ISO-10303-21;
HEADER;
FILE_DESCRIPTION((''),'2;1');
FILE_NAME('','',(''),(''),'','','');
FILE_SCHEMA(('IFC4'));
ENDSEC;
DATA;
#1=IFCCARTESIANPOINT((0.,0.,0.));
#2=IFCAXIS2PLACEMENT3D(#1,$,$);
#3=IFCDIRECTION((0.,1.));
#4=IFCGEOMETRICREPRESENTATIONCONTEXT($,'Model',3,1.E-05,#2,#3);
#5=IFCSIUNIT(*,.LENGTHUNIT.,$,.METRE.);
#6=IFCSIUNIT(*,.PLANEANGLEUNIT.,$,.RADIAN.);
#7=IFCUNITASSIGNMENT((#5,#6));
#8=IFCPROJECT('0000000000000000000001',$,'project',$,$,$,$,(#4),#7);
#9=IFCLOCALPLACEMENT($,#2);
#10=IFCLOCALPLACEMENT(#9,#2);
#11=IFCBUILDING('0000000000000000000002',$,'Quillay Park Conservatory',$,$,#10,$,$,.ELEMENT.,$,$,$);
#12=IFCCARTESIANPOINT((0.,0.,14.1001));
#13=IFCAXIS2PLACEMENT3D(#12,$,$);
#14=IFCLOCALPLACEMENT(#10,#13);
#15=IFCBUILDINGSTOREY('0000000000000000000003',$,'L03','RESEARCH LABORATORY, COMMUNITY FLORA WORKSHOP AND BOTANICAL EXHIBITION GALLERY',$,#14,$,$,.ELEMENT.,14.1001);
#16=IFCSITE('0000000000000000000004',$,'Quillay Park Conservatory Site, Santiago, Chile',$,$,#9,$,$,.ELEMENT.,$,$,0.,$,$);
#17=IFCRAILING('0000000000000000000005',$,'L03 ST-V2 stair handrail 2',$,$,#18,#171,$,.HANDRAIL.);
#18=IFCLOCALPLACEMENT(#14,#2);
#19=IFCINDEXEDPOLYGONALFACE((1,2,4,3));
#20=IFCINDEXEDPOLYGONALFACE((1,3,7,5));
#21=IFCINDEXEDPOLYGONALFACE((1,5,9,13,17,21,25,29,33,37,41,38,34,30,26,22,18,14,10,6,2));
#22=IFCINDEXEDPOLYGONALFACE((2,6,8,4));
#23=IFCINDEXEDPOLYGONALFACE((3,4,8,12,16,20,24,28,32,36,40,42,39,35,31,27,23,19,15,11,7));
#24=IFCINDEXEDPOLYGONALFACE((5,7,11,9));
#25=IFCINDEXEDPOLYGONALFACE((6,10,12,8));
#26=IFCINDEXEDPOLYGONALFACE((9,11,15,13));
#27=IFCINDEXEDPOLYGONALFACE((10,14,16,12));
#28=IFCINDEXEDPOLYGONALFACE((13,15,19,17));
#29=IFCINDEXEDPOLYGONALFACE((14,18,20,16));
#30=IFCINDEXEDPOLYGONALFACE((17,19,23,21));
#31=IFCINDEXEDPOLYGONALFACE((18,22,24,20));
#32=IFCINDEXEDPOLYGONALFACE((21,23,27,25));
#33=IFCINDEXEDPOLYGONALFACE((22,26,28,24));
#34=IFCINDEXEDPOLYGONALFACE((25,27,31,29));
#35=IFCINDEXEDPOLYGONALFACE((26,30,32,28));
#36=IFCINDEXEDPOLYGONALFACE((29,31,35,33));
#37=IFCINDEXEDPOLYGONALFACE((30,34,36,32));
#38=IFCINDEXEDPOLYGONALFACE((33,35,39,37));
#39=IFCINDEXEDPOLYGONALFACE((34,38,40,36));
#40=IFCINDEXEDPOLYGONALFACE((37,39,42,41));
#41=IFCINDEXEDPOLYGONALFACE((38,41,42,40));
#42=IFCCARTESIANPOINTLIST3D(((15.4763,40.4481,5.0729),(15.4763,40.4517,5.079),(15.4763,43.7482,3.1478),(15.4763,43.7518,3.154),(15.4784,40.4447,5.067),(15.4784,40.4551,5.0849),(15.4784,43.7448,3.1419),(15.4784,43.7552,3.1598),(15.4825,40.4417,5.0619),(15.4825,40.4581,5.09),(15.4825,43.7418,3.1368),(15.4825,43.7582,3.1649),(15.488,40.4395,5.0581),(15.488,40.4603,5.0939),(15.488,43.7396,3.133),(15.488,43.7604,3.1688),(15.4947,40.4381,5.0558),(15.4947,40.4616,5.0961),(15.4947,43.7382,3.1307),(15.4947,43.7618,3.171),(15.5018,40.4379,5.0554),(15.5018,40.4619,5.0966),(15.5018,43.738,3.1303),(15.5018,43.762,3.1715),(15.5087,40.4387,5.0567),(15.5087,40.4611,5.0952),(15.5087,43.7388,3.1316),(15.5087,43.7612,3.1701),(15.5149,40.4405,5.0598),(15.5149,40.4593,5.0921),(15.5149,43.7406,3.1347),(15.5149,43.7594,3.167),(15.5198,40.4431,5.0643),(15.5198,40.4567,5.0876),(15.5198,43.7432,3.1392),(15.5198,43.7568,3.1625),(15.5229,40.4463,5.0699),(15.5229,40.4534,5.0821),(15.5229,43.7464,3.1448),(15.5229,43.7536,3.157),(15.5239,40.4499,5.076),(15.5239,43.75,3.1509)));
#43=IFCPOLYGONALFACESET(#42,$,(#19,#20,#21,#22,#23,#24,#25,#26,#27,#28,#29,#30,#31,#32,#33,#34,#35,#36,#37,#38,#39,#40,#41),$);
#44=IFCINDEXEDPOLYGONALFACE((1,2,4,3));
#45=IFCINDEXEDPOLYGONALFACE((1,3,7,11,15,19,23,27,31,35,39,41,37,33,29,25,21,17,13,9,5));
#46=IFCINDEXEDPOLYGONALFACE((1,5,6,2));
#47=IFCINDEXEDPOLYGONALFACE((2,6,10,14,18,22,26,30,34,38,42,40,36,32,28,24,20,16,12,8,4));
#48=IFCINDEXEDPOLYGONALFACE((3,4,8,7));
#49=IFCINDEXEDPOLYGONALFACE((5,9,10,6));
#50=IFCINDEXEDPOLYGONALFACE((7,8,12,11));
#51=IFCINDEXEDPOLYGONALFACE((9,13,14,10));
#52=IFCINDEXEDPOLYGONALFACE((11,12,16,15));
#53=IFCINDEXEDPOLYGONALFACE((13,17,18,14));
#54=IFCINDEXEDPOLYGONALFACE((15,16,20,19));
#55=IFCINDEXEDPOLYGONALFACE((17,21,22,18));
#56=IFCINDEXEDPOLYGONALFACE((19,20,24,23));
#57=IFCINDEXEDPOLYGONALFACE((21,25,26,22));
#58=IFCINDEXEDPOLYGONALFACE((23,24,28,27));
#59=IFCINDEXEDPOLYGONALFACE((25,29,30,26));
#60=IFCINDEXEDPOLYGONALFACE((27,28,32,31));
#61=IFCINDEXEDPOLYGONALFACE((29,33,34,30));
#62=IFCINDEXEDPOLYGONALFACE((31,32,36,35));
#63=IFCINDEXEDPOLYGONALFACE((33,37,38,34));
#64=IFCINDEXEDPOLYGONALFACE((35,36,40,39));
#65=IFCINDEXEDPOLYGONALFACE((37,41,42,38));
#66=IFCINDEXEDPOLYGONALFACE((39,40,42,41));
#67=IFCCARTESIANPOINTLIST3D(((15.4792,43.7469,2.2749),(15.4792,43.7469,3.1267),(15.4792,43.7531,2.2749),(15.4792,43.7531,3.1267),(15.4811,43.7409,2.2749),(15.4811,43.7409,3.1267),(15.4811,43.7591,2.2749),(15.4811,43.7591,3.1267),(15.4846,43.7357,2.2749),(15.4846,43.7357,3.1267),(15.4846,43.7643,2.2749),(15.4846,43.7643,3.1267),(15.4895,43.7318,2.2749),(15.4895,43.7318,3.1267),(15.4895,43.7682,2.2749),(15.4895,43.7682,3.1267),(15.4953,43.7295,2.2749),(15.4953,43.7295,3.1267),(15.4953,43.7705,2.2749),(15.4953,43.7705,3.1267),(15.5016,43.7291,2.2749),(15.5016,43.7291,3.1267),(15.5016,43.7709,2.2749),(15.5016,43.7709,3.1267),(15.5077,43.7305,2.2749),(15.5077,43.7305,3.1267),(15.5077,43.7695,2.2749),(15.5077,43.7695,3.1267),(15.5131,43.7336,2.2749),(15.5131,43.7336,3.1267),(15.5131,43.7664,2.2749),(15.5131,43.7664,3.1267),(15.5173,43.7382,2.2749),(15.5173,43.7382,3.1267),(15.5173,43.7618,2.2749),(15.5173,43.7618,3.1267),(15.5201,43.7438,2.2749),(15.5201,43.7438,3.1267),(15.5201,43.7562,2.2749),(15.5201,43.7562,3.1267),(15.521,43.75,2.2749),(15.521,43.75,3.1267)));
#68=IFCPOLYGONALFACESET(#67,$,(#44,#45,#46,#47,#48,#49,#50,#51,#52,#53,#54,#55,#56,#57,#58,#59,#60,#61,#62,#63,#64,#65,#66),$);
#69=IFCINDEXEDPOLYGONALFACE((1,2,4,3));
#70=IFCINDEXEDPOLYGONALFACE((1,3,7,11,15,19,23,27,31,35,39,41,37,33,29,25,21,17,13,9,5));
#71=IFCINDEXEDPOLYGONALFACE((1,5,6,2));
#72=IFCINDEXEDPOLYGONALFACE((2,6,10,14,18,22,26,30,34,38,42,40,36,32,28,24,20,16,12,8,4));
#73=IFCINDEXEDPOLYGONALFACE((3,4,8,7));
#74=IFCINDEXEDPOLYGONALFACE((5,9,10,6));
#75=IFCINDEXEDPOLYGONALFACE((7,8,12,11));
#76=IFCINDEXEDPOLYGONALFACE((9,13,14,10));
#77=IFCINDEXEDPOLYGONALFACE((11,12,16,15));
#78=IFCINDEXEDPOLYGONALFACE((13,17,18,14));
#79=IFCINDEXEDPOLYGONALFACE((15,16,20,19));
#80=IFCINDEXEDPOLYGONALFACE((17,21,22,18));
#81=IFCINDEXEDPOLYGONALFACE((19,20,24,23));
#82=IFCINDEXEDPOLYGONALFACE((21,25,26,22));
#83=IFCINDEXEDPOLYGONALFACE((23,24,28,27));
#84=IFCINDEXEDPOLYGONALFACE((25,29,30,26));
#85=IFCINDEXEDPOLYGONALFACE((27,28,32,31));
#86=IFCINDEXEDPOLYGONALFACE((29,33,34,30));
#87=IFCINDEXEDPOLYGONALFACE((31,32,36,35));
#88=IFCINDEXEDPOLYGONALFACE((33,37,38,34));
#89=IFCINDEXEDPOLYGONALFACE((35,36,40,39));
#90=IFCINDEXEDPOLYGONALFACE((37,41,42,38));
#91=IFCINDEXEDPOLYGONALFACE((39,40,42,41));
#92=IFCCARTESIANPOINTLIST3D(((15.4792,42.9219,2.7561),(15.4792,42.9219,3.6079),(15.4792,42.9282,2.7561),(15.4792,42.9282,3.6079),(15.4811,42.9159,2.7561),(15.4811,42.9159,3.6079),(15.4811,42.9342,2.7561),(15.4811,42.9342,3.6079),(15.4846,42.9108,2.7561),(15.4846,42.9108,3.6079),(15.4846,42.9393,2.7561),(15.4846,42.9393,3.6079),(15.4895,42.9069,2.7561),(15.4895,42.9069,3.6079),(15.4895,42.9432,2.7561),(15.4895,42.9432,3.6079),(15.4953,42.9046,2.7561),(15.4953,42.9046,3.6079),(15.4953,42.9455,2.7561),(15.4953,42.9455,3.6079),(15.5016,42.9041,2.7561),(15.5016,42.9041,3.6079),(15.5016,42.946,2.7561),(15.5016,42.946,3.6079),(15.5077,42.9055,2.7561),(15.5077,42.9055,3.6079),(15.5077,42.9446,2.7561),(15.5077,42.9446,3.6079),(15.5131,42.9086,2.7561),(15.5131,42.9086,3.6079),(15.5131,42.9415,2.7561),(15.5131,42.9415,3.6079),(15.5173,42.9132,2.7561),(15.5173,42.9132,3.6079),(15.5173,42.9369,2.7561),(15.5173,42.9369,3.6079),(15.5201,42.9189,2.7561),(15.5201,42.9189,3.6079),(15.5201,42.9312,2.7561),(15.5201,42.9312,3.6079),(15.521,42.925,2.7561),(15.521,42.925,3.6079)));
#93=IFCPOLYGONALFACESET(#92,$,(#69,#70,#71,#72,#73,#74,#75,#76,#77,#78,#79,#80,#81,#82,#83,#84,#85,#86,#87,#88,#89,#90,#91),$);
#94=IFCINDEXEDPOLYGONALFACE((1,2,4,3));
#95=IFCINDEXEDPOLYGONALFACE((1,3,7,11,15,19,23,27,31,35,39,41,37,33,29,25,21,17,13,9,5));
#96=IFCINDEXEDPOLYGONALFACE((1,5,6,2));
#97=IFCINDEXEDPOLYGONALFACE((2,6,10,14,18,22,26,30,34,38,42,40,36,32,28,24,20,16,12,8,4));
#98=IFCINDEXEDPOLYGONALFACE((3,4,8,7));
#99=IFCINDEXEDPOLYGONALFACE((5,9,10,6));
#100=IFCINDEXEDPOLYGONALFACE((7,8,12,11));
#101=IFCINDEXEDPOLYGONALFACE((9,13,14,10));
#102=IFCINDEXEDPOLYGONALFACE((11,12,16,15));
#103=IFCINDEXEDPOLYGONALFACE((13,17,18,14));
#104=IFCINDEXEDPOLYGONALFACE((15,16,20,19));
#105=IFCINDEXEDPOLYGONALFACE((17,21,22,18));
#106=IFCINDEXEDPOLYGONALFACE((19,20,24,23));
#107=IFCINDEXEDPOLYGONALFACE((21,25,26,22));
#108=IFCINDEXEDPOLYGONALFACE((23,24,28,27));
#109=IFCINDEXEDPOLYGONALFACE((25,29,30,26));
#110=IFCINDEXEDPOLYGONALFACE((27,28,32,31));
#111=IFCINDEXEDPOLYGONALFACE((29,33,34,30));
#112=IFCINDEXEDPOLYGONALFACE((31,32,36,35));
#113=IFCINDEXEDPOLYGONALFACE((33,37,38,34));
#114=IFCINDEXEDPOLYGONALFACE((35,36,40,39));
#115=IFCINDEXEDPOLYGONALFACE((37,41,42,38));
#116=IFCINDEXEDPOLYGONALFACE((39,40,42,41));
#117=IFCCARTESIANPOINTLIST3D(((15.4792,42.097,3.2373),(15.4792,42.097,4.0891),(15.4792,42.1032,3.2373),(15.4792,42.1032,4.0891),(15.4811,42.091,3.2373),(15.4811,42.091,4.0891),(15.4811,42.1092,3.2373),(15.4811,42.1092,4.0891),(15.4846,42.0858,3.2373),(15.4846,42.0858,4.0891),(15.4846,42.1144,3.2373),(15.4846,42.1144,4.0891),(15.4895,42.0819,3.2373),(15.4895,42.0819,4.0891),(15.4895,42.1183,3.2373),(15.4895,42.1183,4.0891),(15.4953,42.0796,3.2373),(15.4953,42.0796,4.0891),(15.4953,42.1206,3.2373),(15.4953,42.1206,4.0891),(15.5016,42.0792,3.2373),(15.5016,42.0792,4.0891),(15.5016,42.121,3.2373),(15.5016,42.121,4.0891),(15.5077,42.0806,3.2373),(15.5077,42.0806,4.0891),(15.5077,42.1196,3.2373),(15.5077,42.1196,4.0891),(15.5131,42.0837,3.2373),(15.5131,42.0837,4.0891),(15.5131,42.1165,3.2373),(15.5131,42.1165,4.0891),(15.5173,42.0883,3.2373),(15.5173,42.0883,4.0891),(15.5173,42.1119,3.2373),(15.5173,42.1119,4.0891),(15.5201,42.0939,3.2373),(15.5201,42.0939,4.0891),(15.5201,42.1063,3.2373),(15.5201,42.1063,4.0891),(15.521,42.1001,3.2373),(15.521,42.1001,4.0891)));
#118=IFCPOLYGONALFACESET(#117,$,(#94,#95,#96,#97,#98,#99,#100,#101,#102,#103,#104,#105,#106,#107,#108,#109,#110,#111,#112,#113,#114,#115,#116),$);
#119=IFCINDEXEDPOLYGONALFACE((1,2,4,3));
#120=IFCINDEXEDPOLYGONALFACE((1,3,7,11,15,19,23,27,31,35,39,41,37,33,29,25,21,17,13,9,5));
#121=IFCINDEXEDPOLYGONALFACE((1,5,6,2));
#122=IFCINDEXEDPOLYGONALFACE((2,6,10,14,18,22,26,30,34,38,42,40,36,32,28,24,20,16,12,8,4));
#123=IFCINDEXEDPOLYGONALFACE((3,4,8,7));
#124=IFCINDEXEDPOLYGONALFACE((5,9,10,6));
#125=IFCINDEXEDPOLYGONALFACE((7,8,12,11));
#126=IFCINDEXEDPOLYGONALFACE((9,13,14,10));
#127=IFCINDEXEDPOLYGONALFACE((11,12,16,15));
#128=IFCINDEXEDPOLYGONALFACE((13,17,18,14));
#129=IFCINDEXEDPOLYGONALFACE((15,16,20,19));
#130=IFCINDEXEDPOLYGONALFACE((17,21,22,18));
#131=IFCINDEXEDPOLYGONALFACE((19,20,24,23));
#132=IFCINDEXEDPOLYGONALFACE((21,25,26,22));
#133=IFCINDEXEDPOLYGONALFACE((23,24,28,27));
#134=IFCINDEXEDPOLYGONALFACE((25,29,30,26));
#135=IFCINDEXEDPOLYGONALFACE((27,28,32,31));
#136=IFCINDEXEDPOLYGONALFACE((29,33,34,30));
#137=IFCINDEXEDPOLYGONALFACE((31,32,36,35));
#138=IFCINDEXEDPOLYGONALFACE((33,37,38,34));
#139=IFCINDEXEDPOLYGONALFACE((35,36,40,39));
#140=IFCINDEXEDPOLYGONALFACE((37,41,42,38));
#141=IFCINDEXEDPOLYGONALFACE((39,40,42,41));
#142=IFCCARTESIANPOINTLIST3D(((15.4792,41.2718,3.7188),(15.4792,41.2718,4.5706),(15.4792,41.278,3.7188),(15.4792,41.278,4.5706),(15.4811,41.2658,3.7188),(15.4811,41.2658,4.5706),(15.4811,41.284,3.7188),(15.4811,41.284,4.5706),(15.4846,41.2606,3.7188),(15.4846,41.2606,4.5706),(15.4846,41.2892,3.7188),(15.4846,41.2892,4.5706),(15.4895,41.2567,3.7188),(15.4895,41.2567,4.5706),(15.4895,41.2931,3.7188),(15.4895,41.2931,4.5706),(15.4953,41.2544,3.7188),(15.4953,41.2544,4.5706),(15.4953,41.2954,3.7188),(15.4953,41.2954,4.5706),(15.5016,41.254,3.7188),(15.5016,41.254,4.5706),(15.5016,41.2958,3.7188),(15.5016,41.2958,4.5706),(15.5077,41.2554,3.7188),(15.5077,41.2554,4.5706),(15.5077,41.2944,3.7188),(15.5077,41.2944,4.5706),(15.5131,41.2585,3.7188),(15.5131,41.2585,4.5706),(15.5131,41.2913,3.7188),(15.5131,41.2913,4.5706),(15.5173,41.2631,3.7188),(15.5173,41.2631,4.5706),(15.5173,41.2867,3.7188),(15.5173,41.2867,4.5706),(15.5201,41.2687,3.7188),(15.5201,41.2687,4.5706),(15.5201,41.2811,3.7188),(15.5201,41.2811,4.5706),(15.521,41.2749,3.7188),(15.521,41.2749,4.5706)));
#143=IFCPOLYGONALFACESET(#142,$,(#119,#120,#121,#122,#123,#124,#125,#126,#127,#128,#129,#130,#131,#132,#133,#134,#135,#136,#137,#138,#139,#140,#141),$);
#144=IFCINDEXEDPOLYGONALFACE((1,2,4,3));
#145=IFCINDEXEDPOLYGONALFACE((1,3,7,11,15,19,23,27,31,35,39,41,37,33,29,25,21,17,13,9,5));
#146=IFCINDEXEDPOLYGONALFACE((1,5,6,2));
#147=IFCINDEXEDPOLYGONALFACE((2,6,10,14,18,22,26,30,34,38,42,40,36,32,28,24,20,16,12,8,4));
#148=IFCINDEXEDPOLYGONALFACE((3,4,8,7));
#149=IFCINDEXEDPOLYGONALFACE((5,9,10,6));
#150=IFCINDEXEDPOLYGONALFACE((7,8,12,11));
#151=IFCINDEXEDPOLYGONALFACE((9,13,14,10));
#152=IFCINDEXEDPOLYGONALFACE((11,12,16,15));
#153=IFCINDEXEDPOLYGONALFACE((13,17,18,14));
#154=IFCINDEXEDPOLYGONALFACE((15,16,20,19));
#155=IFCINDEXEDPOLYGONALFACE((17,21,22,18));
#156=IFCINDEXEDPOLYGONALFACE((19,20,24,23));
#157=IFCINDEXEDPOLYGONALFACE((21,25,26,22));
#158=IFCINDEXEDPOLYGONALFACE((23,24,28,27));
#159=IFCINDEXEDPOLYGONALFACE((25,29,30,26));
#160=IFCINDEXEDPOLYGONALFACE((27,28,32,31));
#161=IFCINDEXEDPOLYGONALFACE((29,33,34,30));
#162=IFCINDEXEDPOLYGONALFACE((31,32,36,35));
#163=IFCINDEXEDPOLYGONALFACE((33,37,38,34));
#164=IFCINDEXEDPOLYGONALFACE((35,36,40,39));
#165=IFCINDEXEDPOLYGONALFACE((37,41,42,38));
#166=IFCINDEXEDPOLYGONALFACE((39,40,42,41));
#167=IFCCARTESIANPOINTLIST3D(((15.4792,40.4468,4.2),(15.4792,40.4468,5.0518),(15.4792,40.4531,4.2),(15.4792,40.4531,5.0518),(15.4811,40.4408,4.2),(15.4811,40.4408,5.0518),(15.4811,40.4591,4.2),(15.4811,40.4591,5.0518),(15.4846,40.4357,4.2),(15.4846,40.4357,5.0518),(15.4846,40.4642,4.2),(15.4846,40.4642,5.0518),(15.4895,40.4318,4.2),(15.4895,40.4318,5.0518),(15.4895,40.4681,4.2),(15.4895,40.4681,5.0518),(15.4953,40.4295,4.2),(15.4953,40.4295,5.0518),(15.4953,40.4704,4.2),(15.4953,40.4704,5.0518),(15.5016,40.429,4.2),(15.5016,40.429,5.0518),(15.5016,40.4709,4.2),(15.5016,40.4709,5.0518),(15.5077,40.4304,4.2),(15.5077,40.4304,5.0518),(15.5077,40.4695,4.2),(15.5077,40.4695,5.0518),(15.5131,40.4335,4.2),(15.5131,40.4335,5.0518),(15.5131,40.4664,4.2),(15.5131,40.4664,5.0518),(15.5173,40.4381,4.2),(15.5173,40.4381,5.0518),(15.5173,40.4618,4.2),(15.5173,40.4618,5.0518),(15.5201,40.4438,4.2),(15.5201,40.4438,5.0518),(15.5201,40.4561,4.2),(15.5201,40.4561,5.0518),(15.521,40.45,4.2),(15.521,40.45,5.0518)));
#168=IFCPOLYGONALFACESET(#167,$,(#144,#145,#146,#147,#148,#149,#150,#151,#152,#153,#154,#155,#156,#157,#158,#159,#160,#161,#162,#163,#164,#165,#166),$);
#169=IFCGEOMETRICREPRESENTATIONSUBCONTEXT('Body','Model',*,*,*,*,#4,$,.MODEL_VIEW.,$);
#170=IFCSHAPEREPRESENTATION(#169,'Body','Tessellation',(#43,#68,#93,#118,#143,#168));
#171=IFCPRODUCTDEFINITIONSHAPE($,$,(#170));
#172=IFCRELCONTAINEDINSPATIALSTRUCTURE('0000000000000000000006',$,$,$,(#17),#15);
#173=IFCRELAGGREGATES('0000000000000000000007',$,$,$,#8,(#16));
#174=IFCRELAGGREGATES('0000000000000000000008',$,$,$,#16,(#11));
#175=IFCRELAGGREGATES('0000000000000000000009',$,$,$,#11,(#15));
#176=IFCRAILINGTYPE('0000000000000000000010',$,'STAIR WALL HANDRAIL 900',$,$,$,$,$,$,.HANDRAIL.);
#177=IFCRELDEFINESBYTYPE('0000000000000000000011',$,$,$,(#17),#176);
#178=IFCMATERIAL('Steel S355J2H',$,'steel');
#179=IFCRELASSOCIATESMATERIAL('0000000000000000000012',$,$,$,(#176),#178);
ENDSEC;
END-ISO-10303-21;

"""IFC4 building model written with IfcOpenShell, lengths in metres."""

from ifc_helpers import new_model, si_unit, direction, frame, origin, origin_2d, place, context, subcontext, project, spatial, circle, extrude, material, type_object, element, save


model = new_model("IFC4")

# Units and contexts
model_context = context("Model", 3, precision=1e-05, world=origin(), true_north=direction((0.0, 1.0)))
body_context = subcontext(model_context, "Body", "Model", "MODEL_VIEW")
ifc_project = project(units=[si_unit("LENGTHUNIT", "METRE"), si_unit("PLANEANGLEUNIT", "RADIAN")], contexts=[model_context])

# Site, building, storey
site_placement = place(None, origin())
site = spatial("IfcSite", under=ifc_project, at=site_placement, Name="Quillay Park Conservatory Site, Santiago, Chile", CompositionType="ELEMENT", RefElevation=0.0)
building_placement = place(site_placement, origin())
building = spatial("IfcBuilding", under=site, at=building_placement, Name="Quillay Park Conservatory", CompositionType="ELEMENT")
storey_placement = place(building_placement, frame((0.0, 0.0, 14.1001)))
storey = spatial("IfcBuildingStorey", under=building, at=storey_placement, Name="L03", Description="RESEARCH LABORATORY, COMMUNITY FLORA WORKSHOP AND BOTANICAL EXHIBITION GALLERY", CompositionType="ELEMENT", Elevation=14.1001)

# Railing
ifc_material_1 = material(Name="Steel S355J2H", Category="steel")
railing_type_1 = type_object("IfcRailingType", Name="STAIR WALL HANDRAIL 900", PredefinedType="HANDRAIL", material=ifc_material_1)
railing_1_placement = place(storey_placement, frame((15.5, 43.75, 2.2749)))
element("IfcRailing", 1, at=railing_1_placement, inside=storey, type_object=railing_type_1, Name="L03 ST-V2 stair handrail 2", PredefinedType="HANDRAIL", context=body_context, shape_type="SweptSolid", body=[
    extrude(circle(Radius=0.0239, at=origin_2d()), frame((0.0, 0.0, 0.876), z_axis=(0.0, -0.863777, 0.503875), x_axis=(1.0, 0.0, 0.0)), (0.0, 0.0, 1.0), 3.8206),
    extrude(circle(Radius=0.021, at=origin_2d()), origin(), (0.0, 0.0, 1.0), 0.8518),
    extrude(circle(Radius=0.021, at=origin_2d()), frame((0.0, -0.825, 0.4812)), (0.0, 0.0, 1.0), 0.8518),
    extrude(circle(Radius=0.021, at=origin_2d()), frame((0.0, -1.6499, 0.9624)), (0.0, 0.0, 1.0), 0.8518),
    extrude(circle(Radius=0.021, at=origin_2d()), frame((0.0, -2.4751, 1.4438)), (0.0, 0.0, 1.0), 0.8518),
    extrude(circle(Radius=0.021, at=origin_2d()), frame((0.0, -3.3, 1.925)), (0.0, 0.0, 1.0), 0.8518),
])

save(model, "model.ifc")
